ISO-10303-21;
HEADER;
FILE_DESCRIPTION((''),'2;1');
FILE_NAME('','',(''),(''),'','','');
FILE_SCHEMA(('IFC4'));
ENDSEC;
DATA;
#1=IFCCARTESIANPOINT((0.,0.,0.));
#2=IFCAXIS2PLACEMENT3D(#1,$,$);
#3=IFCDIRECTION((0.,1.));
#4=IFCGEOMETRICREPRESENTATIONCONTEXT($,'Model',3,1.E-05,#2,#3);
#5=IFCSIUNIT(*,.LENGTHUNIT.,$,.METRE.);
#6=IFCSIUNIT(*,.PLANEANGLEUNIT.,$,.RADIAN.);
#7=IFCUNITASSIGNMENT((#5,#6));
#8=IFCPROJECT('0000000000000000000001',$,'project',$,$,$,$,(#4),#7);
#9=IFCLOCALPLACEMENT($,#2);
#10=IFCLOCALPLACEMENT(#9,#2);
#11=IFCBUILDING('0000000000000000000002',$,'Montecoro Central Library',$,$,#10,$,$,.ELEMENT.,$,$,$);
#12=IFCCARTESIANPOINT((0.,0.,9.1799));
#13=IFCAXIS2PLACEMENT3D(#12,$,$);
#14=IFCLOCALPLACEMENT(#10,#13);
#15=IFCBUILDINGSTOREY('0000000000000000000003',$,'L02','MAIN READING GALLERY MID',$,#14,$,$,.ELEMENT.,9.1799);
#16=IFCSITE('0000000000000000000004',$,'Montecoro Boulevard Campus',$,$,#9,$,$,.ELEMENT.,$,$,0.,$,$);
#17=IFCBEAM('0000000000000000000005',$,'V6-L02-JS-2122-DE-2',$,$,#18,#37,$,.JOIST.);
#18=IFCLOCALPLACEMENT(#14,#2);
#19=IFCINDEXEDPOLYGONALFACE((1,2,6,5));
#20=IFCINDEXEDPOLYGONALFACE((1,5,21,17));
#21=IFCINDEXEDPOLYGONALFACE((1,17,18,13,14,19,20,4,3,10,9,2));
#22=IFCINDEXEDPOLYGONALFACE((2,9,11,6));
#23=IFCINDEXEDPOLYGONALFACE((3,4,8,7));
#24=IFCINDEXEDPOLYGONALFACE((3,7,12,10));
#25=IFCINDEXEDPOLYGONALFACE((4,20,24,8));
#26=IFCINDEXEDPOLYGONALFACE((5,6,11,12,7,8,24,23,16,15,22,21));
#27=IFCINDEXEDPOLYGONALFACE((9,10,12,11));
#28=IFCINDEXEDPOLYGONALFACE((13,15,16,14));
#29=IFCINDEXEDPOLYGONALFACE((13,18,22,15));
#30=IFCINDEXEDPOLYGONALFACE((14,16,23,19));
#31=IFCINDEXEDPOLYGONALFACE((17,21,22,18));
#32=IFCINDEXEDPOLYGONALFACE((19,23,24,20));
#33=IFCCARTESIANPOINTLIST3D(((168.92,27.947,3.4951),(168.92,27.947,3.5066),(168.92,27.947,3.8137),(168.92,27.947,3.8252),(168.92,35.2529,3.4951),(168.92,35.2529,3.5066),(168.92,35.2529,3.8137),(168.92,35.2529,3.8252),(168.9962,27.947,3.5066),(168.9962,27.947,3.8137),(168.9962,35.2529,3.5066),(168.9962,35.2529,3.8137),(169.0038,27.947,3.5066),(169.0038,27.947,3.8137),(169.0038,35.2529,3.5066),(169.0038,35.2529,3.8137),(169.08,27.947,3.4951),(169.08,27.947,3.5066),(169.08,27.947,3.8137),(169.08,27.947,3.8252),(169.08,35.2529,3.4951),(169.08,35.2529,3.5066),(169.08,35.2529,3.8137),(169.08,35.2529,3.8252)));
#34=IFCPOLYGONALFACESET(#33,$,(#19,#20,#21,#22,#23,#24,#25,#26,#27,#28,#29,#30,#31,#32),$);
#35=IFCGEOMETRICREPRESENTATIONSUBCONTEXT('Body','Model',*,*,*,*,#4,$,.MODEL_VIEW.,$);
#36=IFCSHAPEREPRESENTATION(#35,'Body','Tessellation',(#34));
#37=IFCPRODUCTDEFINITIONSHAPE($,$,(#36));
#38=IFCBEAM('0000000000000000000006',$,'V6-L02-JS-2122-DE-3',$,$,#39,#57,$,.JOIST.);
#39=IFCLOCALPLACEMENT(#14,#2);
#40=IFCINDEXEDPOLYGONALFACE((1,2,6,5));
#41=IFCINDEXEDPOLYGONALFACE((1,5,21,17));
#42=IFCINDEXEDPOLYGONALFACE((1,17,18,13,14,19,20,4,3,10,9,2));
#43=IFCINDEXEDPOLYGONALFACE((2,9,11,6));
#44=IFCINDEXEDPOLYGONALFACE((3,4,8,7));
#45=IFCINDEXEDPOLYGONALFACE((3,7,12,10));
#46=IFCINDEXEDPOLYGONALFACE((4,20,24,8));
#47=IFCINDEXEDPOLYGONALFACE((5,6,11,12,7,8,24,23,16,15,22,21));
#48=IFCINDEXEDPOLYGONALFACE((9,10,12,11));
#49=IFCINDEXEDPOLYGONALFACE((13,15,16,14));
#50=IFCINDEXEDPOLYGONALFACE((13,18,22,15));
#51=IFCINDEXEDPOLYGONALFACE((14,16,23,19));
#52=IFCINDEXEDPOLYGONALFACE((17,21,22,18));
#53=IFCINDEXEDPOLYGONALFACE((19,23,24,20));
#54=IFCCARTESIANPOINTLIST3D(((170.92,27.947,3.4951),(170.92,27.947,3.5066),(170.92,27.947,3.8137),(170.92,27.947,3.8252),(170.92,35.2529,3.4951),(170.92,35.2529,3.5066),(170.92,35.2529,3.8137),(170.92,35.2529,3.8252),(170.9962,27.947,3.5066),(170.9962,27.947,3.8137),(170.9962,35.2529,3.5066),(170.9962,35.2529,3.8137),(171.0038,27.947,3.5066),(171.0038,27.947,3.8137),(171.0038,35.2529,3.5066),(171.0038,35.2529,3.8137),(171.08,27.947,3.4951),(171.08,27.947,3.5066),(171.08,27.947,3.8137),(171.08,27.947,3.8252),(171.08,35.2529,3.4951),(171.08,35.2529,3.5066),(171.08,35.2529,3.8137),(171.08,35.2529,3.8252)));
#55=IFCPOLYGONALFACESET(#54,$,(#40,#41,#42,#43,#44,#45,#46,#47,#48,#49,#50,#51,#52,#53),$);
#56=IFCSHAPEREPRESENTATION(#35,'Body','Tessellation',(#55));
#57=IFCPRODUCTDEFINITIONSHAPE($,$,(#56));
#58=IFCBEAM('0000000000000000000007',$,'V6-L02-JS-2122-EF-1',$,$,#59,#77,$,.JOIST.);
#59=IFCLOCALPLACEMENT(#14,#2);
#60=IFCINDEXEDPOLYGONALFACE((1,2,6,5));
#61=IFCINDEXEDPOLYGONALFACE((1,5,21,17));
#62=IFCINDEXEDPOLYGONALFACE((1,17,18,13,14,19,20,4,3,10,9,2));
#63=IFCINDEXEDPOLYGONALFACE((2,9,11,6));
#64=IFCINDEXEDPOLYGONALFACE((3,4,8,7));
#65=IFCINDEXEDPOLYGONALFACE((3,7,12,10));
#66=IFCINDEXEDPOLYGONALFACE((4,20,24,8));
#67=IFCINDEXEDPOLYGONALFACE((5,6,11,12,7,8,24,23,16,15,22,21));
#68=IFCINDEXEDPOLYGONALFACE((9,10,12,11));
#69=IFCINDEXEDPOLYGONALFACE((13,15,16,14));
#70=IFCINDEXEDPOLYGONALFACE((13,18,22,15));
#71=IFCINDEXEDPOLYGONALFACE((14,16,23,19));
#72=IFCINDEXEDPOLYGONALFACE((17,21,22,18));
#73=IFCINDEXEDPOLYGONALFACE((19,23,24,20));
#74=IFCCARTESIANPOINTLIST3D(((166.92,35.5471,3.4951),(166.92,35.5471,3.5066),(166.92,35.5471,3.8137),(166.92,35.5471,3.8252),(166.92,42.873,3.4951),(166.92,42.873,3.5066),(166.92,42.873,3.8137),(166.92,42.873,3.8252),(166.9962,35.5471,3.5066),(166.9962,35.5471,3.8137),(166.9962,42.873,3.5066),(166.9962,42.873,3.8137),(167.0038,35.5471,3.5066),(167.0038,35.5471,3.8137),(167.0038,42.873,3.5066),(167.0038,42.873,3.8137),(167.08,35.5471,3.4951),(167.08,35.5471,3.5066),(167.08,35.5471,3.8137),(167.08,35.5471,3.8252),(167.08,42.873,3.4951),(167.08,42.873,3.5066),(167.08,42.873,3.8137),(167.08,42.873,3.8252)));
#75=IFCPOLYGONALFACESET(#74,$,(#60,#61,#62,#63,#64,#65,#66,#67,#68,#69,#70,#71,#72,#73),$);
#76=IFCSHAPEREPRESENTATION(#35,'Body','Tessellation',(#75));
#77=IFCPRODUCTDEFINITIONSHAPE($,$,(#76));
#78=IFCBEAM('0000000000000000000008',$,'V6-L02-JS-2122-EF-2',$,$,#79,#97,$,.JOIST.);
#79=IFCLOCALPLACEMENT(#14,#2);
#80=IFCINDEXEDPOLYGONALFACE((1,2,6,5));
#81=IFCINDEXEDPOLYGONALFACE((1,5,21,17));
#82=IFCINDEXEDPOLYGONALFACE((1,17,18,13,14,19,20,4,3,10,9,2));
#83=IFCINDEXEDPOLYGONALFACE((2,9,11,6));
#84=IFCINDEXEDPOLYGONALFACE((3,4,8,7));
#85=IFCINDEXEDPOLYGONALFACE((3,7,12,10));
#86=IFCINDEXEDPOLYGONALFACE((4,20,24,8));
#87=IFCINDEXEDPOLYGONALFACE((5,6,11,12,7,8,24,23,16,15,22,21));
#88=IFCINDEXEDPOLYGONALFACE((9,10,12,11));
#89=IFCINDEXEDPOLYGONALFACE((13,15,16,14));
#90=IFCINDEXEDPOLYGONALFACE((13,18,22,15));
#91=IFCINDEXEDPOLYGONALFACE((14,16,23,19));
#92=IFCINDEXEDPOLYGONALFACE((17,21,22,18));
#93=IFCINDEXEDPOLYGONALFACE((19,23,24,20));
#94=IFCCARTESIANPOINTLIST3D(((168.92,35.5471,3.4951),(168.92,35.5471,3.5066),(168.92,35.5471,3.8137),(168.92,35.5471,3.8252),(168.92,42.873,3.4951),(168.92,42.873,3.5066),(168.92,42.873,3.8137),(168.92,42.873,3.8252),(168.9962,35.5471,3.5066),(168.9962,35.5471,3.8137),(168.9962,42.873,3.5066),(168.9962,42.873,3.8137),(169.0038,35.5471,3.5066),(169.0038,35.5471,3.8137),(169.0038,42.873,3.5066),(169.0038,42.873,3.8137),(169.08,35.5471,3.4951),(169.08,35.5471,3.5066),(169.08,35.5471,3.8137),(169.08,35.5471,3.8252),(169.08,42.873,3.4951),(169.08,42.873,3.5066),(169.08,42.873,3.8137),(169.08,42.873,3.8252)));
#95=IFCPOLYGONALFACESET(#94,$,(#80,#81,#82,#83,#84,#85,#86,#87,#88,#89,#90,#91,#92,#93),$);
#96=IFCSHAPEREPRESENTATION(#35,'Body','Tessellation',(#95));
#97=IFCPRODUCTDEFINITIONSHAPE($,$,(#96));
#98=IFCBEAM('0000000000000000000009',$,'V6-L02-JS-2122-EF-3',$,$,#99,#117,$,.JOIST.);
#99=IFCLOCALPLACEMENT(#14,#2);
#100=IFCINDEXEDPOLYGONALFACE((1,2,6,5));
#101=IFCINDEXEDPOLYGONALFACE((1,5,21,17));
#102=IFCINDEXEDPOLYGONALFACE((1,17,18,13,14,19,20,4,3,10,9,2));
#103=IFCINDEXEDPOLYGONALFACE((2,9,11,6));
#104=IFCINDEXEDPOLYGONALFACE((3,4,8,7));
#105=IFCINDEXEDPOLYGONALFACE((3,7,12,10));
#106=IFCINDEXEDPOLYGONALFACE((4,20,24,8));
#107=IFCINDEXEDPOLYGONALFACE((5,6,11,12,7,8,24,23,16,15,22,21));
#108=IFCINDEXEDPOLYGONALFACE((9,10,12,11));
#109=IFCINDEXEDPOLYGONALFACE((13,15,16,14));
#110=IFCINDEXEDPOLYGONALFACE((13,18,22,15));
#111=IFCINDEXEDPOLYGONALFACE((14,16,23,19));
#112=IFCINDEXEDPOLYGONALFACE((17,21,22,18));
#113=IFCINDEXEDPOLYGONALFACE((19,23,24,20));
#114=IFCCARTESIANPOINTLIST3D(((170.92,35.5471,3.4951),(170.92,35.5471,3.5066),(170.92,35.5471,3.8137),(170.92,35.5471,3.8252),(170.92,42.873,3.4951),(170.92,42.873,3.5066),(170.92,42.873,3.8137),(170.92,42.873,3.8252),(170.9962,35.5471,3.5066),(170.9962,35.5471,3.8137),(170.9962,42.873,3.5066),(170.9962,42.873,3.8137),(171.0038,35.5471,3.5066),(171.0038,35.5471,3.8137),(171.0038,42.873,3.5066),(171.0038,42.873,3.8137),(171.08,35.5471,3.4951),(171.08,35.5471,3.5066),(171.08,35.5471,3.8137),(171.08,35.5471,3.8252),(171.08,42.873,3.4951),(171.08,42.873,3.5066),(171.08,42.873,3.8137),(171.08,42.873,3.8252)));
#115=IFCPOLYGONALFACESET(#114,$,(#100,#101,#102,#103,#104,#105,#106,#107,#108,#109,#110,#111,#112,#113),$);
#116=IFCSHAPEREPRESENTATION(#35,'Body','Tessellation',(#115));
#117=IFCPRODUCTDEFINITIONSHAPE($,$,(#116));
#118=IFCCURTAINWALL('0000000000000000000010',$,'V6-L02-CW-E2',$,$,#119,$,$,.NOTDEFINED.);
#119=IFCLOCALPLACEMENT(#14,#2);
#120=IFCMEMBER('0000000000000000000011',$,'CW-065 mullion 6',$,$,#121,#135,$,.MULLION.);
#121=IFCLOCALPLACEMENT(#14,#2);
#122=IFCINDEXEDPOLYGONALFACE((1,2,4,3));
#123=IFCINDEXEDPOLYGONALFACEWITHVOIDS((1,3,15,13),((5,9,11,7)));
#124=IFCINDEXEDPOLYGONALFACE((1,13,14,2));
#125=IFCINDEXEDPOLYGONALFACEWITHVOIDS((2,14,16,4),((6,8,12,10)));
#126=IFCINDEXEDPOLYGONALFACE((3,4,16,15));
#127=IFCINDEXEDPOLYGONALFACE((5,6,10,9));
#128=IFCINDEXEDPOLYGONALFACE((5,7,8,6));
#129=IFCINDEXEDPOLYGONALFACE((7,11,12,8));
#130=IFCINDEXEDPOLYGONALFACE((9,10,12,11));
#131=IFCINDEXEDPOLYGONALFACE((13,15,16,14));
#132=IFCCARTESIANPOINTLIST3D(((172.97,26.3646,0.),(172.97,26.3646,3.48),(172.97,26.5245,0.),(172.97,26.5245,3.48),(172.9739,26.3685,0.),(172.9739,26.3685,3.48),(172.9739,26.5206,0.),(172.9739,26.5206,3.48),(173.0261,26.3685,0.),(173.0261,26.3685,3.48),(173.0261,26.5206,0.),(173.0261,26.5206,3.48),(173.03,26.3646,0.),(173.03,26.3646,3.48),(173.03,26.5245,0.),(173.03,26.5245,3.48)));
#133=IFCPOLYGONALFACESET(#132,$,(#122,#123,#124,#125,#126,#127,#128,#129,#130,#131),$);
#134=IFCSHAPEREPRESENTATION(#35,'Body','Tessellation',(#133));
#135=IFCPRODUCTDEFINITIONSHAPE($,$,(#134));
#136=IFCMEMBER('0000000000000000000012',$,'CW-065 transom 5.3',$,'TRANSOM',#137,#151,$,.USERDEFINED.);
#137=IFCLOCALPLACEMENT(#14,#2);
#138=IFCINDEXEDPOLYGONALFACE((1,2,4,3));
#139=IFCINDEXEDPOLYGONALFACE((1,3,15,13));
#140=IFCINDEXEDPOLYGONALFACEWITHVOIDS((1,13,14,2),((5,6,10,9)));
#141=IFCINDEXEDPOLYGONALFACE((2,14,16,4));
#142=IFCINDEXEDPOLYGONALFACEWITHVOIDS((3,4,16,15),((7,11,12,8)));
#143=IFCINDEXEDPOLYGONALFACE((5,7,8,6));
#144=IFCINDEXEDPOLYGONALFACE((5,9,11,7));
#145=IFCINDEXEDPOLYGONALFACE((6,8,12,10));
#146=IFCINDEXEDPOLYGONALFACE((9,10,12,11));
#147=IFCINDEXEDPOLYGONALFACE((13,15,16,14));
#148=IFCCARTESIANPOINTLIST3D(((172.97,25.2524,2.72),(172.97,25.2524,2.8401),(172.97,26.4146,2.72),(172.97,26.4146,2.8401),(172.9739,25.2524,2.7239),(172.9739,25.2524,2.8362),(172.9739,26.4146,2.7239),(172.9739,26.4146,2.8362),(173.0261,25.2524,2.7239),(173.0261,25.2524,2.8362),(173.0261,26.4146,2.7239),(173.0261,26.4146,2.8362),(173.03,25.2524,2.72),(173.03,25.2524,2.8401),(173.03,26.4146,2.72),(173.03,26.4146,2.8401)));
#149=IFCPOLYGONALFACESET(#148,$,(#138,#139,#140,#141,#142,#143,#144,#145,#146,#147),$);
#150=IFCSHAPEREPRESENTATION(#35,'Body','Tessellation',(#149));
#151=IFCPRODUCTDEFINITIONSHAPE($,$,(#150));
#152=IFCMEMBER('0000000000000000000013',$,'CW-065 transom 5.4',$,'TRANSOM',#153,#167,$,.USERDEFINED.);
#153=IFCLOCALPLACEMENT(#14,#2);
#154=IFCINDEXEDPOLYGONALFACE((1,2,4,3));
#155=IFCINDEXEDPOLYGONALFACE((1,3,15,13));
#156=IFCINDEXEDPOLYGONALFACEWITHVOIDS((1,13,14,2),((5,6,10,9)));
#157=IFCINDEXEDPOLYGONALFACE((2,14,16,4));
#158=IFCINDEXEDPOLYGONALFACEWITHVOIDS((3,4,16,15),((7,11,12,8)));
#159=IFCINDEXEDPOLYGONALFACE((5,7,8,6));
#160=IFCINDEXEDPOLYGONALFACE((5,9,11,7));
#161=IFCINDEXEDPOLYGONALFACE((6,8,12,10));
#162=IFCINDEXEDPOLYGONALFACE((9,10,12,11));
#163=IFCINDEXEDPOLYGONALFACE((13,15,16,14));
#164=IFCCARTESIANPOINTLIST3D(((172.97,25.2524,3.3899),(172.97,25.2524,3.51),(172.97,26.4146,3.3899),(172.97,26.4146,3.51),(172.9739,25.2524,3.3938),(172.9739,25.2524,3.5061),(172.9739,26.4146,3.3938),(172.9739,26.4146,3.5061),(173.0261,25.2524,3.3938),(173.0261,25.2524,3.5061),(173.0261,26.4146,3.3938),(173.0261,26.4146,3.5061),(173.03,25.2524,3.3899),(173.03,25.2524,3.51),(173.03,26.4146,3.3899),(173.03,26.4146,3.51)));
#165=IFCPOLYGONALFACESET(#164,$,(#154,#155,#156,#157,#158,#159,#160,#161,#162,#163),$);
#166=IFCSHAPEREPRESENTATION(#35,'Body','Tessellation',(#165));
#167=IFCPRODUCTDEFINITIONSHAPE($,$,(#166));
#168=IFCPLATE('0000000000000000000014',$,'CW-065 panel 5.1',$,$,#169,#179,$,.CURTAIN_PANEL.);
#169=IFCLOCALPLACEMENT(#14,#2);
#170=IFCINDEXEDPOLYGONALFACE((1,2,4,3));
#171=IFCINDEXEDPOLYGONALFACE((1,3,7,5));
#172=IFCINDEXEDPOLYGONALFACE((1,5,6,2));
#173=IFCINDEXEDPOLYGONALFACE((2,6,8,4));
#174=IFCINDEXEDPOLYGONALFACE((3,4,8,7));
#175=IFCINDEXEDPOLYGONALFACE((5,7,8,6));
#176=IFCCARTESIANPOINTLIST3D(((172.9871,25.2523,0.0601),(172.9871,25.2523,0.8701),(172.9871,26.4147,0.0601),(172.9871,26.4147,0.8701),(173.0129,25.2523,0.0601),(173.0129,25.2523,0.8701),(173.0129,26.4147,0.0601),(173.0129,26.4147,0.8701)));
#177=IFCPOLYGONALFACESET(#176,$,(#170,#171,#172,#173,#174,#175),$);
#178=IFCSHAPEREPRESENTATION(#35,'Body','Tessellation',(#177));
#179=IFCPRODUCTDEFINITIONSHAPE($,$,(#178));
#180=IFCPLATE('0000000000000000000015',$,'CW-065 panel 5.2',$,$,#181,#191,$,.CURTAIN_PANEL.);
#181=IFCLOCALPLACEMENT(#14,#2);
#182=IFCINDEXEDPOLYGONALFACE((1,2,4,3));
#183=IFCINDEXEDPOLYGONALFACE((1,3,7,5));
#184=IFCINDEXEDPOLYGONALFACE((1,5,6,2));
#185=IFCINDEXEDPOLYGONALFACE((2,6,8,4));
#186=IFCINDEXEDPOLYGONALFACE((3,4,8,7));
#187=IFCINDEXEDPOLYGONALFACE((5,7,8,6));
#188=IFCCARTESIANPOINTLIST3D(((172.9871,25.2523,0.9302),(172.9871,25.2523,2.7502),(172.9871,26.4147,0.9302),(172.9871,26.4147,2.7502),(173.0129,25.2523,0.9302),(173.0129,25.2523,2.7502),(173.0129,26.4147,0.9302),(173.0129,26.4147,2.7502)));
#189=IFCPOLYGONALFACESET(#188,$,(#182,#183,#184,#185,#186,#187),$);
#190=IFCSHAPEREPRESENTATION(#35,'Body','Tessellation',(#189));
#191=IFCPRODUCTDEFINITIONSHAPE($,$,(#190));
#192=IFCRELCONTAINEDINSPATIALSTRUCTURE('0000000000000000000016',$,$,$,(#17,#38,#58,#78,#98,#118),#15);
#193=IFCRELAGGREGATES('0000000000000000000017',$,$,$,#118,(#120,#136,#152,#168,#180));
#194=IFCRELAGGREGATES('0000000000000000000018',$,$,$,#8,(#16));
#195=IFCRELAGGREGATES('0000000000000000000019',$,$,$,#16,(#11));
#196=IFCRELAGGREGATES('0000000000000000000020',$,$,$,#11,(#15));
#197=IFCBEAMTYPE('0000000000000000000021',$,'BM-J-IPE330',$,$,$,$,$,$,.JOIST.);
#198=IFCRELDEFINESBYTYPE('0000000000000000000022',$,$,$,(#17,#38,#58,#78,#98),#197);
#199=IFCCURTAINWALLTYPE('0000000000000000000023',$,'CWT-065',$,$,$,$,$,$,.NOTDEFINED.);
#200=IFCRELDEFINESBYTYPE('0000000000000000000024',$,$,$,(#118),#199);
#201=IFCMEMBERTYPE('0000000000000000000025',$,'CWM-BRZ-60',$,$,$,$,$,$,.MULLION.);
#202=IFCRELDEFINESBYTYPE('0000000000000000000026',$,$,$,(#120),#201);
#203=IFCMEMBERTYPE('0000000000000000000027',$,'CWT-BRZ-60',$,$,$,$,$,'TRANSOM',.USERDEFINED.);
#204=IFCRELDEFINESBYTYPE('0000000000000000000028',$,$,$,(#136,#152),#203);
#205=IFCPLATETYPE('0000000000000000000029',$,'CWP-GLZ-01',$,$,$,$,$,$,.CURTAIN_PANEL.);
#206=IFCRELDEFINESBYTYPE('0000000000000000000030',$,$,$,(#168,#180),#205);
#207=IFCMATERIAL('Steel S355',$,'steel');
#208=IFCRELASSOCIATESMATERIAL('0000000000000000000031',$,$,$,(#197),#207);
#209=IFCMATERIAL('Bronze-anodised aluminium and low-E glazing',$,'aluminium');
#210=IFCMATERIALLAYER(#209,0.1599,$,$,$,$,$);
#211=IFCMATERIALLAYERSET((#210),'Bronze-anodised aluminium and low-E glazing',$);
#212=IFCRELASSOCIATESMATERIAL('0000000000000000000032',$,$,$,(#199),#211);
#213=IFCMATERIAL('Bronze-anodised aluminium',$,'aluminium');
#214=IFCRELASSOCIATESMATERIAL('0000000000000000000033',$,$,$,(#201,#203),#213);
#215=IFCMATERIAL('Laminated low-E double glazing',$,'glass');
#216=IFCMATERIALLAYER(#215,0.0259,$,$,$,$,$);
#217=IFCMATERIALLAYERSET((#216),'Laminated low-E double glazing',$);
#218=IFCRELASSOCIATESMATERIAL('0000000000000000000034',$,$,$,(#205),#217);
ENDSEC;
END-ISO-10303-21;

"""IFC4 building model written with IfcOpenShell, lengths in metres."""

from ifc_helpers import new_model, si_unit, direction, frame, origin, origin_2d, place, context, subcontext, project, spatial, rectangle, hollow_rectangle, i_section, extrude, material, layer, layer_set, material_profile, profile_set, type_object, element, aggregate, save


model = new_model("IFC4")

# Units and contexts
model_context = context("Model", 3, precision=1e-05, world=origin(), true_north=direction((0.0, 1.0)))
body_context = subcontext(model_context, "Body", "Model", "MODEL_VIEW")
ifc_project = project(units=[si_unit("LENGTHUNIT", "METRE"), si_unit("PLANEANGLEUNIT", "RADIAN")], contexts=[model_context])

# Site, building, storey
site_placement = place(None, origin())
site = spatial("IfcSite", under=ifc_project, at=site_placement, Name="Montecoro Boulevard Campus", CompositionType="ELEMENT", RefElevation=0.0)
building_placement = place(site_placement, origin())
building = spatial("IfcBuilding", under=site, at=building_placement, Name="Montecoro Central Library", CompositionType="ELEMENT")
storey_placement = place(building_placement, frame((0.0, 0.0, 9.1799)))
storey = spatial("IfcBuildingStorey", under=building, at=storey_placement, Name="L02", Description="MAIN READING GALLERY MID", CompositionType="ELEMENT", Elevation=9.1799)

# Shared definitions
ifc_material_1 = material(Name="Steel S355", Category="steel")

# Beams
ifc_material_profile_1 = material_profile(ifc_material_1, i_section(OverallWidth=0.1599, OverallDepth=0.3301, WebThickness=0.0076, FlangeThickness=0.0115, at=origin_2d()), Name="IPE 330")
ifc_profile_set_1 = profile_set([ifc_material_profile_1], Name="Steel S355")
beam_type_1 = type_object("IfcBeamType", Name="BM-J-IPE330", PredefinedType="JOIST", material=ifc_profile_set_1)
for number, where, z_axis, x_axis, name in (
    (1, (169.0, 27.947, 3.6602), (0.0, 1.0, 0.0), (-1.0, 0.0, 0.0), "V6-L02-JS-2122-DE-2"),
    (2, (171.0, 27.947, 3.6602), (0.0, 1.0, 0.0), (-1.0, 0.0, 0.0), "V6-L02-JS-2122-DE-3"),
):
    element("IfcBeam", number, at=place(storey_placement, frame(where, z_axis=z_axis, x_axis=x_axis)), inside=storey, type_object=beam_type_1, Name=name, PredefinedType="JOIST", context=body_context, shape_type="SweptSolid", body=[
        extrude(i_section(OverallWidth=0.1599, OverallDepth=0.3301, WebThickness=0.0076, FlangeThickness=0.0115, at=origin_2d()), origin(), (0.0, 0.0, 1.0), 7.3059),
    ])
for number, where, z_axis, x_axis, name in (
    (3, (167.0, 35.5471, 3.6602), (0.0, 1.0, 0.0), (-1.0, 0.0, 0.0), "V6-L02-JS-2122-EF-1"),
    (4, (169.0, 35.5471, 3.6602), (0.0, 1.0, 0.0), (-1.0, 0.0, 0.0), "V6-L02-JS-2122-EF-2"),
    (5, (171.0, 35.5471, 3.6602), (0.0, 1.0, 0.0), (-1.0, 0.0, 0.0), "V6-L02-JS-2122-EF-3"),
):
    element("IfcBeam", number, at=place(storey_placement, frame(where, z_axis=z_axis, x_axis=x_axis)), inside=storey, type_object=beam_type_1, Name=name, PredefinedType="JOIST", context=body_context, shape_type="SweptSolid", body=[
        extrude(i_section(OverallWidth=0.1599, OverallDepth=0.3301, WebThickness=0.0076, FlangeThickness=0.0115, at=origin_2d()), origin(), (0.0, 0.0, 1.0), 7.3259),
    ])

# Curtain wall, members, plates
ifc_material_2 = material(Name="Bronze-anodised aluminium and low-E glazing", Category="aluminium")
ifc_layer_1 = layer(ifc_material_2, 0.1599)
ifc_layer_set_1 = layer_set([ifc_layer_1], Name="Bronze-anodised aluminium and low-E glazing")
curtain_wall_type = type_object("IfcCurtainWallType", Name="CWT-065", PredefinedType="NOTDEFINED", material=ifc_layer_set_1)
curtain_wall_placement = place(storey_placement, origin())
curtain_wall = element("IfcCurtainWall", 6, at=curtain_wall_placement, inside=storey, type_object=curtain_wall_type, Name="V6-L02-CW-E2", PredefinedType="NOTDEFINED")
ifc_material_3 = material(Name="Bronze-anodised aluminium", Category="aluminium")
ifc_material_profile_2 = material_profile(ifc_material_3, hollow_rectangle(XDim=0.0601, YDim=0.1599, WallThickness=0.0039, at=origin_2d()), Name="CWM 160x60x4.0")
ifc_profile_set_2 = profile_set([ifc_material_profile_2], Name="Bronze-anodised aluminium")
member_type_1 = type_object("IfcMemberType", Name="CWM-BRZ-60", PredefinedType="MULLION", material=ifc_profile_set_2)
member_1_placement = place(storey_placement, frame((173.0, 26.4446, 0.0), z_axis=(0.0, 0.0, 1.0), x_axis=(-1.0, 0.0, 0.0)))
member_1 = element("IfcMember", 7, at=member_1_placement, type_object=member_type_1, Name="CW-065 mullion 6", PredefinedType="MULLION", context=body_context, shape_type="SweptSolid", body=[
    extrude(hollow_rectangle(XDim=0.0601, YDim=0.1599, WallThickness=0.0039, at=origin_2d()), origin(), (0.0, 0.0, 1.0), 3.48),
])
ifc_material_profile_3 = material_profile(ifc_material_3, hollow_rectangle(XDim=0.0601, YDim=0.1201, WallThickness=0.0039, at=origin_2d()), Name="CWT 120x60x4.0")
ifc_profile_set_3 = profile_set([ifc_material_profile_3], Name="Bronze-anodised aluminium")
member_type_2 = type_object("IfcMemberType", Name="CWT-BRZ-60", ElementType="TRANSOM", PredefinedType="USERDEFINED", material=ifc_profile_set_3)
member_2_placement = place(storey_placement, frame((173.0, 25.2524, 2.78), z_axis=(0.0, 1.0, 0.0), x_axis=(-1.0, 0.0, 0.0)))
member_2 = element("IfcMember", 8, at=member_2_placement, type_object=member_type_2, Name="CW-065 transom 5.3", ObjectType="TRANSOM", PredefinedType="USERDEFINED", context=body_context, shape_type="SweptSolid", body=[
    extrude(hollow_rectangle(XDim=0.0601, YDim=0.1201, WallThickness=0.0039, at=origin_2d()), origin(), (0.0, 0.0, 1.0), 1.1621),
])
member_3_placement = place(storey_placement, frame((173.0, 25.2524, 3.45), z_axis=(0.0, 1.0, 0.0), x_axis=(-1.0, 0.0, 0.0)))
member_3 = element("IfcMember", 9, at=member_3_placement, type_object=member_type_2, Name="CW-065 transom 5.4", ObjectType="TRANSOM", PredefinedType="USERDEFINED", context=body_context, shape_type="SweptSolid", body=[
    extrude(hollow_rectangle(XDim=0.0601, YDim=0.1201, WallThickness=0.0039, at=origin_2d()), origin(), (0.0, 0.0, 1.0), 1.1621),
])
ifc_material_4 = material(Name="Laminated low-E double glazing", Category="glass")
ifc_layer_2 = layer(ifc_material_4, 0.0259)
ifc_layer_set_2 = layer_set([ifc_layer_2], Name="Laminated low-E double glazing")
plate_type = type_object("IfcPlateType", Name="CWP-GLZ-01", PredefinedType="CURTAIN_PANEL", material=ifc_layer_set_2)
plate_1_placement = place(storey_placement, frame((173.0, 25.8335, 0.0601), z_axis=(0.0, 0.0, 1.0), x_axis=(0.0, 1.0, 0.0)))
plate_1 = element("IfcPlate", 10, at=plate_1_placement, type_object=plate_type, Name="CW-065 panel 5.1", PredefinedType="CURTAIN_PANEL", context=body_context, shape_type="SweptSolid", body=[
    extrude(rectangle(XDim=1.1624, YDim=0.0259, at=origin_2d()), origin(), (0.0, 0.0, 1.0), 0.8101),
])
plate_2_placement = place(storey_placement, frame((173.0, 25.8335, 0.9302), z_axis=(0.0, 0.0, 1.0), x_axis=(0.0, 1.0, 0.0)))
plate_2 = element("IfcPlate", 11, at=plate_2_placement, type_object=plate_type, Name="CW-065 panel 5.2", PredefinedType="CURTAIN_PANEL", context=body_context, shape_type="SweptSolid", body=[
    extrude(rectangle(XDim=1.1624, YDim=0.0259, at=origin_2d()), origin(), (0.0, 0.0, 1.0), 1.8201),
])
aggregate(curtain_wall, [member_1, member_2, member_3, plate_1, plate_2])

save(model, "model.ifc")
